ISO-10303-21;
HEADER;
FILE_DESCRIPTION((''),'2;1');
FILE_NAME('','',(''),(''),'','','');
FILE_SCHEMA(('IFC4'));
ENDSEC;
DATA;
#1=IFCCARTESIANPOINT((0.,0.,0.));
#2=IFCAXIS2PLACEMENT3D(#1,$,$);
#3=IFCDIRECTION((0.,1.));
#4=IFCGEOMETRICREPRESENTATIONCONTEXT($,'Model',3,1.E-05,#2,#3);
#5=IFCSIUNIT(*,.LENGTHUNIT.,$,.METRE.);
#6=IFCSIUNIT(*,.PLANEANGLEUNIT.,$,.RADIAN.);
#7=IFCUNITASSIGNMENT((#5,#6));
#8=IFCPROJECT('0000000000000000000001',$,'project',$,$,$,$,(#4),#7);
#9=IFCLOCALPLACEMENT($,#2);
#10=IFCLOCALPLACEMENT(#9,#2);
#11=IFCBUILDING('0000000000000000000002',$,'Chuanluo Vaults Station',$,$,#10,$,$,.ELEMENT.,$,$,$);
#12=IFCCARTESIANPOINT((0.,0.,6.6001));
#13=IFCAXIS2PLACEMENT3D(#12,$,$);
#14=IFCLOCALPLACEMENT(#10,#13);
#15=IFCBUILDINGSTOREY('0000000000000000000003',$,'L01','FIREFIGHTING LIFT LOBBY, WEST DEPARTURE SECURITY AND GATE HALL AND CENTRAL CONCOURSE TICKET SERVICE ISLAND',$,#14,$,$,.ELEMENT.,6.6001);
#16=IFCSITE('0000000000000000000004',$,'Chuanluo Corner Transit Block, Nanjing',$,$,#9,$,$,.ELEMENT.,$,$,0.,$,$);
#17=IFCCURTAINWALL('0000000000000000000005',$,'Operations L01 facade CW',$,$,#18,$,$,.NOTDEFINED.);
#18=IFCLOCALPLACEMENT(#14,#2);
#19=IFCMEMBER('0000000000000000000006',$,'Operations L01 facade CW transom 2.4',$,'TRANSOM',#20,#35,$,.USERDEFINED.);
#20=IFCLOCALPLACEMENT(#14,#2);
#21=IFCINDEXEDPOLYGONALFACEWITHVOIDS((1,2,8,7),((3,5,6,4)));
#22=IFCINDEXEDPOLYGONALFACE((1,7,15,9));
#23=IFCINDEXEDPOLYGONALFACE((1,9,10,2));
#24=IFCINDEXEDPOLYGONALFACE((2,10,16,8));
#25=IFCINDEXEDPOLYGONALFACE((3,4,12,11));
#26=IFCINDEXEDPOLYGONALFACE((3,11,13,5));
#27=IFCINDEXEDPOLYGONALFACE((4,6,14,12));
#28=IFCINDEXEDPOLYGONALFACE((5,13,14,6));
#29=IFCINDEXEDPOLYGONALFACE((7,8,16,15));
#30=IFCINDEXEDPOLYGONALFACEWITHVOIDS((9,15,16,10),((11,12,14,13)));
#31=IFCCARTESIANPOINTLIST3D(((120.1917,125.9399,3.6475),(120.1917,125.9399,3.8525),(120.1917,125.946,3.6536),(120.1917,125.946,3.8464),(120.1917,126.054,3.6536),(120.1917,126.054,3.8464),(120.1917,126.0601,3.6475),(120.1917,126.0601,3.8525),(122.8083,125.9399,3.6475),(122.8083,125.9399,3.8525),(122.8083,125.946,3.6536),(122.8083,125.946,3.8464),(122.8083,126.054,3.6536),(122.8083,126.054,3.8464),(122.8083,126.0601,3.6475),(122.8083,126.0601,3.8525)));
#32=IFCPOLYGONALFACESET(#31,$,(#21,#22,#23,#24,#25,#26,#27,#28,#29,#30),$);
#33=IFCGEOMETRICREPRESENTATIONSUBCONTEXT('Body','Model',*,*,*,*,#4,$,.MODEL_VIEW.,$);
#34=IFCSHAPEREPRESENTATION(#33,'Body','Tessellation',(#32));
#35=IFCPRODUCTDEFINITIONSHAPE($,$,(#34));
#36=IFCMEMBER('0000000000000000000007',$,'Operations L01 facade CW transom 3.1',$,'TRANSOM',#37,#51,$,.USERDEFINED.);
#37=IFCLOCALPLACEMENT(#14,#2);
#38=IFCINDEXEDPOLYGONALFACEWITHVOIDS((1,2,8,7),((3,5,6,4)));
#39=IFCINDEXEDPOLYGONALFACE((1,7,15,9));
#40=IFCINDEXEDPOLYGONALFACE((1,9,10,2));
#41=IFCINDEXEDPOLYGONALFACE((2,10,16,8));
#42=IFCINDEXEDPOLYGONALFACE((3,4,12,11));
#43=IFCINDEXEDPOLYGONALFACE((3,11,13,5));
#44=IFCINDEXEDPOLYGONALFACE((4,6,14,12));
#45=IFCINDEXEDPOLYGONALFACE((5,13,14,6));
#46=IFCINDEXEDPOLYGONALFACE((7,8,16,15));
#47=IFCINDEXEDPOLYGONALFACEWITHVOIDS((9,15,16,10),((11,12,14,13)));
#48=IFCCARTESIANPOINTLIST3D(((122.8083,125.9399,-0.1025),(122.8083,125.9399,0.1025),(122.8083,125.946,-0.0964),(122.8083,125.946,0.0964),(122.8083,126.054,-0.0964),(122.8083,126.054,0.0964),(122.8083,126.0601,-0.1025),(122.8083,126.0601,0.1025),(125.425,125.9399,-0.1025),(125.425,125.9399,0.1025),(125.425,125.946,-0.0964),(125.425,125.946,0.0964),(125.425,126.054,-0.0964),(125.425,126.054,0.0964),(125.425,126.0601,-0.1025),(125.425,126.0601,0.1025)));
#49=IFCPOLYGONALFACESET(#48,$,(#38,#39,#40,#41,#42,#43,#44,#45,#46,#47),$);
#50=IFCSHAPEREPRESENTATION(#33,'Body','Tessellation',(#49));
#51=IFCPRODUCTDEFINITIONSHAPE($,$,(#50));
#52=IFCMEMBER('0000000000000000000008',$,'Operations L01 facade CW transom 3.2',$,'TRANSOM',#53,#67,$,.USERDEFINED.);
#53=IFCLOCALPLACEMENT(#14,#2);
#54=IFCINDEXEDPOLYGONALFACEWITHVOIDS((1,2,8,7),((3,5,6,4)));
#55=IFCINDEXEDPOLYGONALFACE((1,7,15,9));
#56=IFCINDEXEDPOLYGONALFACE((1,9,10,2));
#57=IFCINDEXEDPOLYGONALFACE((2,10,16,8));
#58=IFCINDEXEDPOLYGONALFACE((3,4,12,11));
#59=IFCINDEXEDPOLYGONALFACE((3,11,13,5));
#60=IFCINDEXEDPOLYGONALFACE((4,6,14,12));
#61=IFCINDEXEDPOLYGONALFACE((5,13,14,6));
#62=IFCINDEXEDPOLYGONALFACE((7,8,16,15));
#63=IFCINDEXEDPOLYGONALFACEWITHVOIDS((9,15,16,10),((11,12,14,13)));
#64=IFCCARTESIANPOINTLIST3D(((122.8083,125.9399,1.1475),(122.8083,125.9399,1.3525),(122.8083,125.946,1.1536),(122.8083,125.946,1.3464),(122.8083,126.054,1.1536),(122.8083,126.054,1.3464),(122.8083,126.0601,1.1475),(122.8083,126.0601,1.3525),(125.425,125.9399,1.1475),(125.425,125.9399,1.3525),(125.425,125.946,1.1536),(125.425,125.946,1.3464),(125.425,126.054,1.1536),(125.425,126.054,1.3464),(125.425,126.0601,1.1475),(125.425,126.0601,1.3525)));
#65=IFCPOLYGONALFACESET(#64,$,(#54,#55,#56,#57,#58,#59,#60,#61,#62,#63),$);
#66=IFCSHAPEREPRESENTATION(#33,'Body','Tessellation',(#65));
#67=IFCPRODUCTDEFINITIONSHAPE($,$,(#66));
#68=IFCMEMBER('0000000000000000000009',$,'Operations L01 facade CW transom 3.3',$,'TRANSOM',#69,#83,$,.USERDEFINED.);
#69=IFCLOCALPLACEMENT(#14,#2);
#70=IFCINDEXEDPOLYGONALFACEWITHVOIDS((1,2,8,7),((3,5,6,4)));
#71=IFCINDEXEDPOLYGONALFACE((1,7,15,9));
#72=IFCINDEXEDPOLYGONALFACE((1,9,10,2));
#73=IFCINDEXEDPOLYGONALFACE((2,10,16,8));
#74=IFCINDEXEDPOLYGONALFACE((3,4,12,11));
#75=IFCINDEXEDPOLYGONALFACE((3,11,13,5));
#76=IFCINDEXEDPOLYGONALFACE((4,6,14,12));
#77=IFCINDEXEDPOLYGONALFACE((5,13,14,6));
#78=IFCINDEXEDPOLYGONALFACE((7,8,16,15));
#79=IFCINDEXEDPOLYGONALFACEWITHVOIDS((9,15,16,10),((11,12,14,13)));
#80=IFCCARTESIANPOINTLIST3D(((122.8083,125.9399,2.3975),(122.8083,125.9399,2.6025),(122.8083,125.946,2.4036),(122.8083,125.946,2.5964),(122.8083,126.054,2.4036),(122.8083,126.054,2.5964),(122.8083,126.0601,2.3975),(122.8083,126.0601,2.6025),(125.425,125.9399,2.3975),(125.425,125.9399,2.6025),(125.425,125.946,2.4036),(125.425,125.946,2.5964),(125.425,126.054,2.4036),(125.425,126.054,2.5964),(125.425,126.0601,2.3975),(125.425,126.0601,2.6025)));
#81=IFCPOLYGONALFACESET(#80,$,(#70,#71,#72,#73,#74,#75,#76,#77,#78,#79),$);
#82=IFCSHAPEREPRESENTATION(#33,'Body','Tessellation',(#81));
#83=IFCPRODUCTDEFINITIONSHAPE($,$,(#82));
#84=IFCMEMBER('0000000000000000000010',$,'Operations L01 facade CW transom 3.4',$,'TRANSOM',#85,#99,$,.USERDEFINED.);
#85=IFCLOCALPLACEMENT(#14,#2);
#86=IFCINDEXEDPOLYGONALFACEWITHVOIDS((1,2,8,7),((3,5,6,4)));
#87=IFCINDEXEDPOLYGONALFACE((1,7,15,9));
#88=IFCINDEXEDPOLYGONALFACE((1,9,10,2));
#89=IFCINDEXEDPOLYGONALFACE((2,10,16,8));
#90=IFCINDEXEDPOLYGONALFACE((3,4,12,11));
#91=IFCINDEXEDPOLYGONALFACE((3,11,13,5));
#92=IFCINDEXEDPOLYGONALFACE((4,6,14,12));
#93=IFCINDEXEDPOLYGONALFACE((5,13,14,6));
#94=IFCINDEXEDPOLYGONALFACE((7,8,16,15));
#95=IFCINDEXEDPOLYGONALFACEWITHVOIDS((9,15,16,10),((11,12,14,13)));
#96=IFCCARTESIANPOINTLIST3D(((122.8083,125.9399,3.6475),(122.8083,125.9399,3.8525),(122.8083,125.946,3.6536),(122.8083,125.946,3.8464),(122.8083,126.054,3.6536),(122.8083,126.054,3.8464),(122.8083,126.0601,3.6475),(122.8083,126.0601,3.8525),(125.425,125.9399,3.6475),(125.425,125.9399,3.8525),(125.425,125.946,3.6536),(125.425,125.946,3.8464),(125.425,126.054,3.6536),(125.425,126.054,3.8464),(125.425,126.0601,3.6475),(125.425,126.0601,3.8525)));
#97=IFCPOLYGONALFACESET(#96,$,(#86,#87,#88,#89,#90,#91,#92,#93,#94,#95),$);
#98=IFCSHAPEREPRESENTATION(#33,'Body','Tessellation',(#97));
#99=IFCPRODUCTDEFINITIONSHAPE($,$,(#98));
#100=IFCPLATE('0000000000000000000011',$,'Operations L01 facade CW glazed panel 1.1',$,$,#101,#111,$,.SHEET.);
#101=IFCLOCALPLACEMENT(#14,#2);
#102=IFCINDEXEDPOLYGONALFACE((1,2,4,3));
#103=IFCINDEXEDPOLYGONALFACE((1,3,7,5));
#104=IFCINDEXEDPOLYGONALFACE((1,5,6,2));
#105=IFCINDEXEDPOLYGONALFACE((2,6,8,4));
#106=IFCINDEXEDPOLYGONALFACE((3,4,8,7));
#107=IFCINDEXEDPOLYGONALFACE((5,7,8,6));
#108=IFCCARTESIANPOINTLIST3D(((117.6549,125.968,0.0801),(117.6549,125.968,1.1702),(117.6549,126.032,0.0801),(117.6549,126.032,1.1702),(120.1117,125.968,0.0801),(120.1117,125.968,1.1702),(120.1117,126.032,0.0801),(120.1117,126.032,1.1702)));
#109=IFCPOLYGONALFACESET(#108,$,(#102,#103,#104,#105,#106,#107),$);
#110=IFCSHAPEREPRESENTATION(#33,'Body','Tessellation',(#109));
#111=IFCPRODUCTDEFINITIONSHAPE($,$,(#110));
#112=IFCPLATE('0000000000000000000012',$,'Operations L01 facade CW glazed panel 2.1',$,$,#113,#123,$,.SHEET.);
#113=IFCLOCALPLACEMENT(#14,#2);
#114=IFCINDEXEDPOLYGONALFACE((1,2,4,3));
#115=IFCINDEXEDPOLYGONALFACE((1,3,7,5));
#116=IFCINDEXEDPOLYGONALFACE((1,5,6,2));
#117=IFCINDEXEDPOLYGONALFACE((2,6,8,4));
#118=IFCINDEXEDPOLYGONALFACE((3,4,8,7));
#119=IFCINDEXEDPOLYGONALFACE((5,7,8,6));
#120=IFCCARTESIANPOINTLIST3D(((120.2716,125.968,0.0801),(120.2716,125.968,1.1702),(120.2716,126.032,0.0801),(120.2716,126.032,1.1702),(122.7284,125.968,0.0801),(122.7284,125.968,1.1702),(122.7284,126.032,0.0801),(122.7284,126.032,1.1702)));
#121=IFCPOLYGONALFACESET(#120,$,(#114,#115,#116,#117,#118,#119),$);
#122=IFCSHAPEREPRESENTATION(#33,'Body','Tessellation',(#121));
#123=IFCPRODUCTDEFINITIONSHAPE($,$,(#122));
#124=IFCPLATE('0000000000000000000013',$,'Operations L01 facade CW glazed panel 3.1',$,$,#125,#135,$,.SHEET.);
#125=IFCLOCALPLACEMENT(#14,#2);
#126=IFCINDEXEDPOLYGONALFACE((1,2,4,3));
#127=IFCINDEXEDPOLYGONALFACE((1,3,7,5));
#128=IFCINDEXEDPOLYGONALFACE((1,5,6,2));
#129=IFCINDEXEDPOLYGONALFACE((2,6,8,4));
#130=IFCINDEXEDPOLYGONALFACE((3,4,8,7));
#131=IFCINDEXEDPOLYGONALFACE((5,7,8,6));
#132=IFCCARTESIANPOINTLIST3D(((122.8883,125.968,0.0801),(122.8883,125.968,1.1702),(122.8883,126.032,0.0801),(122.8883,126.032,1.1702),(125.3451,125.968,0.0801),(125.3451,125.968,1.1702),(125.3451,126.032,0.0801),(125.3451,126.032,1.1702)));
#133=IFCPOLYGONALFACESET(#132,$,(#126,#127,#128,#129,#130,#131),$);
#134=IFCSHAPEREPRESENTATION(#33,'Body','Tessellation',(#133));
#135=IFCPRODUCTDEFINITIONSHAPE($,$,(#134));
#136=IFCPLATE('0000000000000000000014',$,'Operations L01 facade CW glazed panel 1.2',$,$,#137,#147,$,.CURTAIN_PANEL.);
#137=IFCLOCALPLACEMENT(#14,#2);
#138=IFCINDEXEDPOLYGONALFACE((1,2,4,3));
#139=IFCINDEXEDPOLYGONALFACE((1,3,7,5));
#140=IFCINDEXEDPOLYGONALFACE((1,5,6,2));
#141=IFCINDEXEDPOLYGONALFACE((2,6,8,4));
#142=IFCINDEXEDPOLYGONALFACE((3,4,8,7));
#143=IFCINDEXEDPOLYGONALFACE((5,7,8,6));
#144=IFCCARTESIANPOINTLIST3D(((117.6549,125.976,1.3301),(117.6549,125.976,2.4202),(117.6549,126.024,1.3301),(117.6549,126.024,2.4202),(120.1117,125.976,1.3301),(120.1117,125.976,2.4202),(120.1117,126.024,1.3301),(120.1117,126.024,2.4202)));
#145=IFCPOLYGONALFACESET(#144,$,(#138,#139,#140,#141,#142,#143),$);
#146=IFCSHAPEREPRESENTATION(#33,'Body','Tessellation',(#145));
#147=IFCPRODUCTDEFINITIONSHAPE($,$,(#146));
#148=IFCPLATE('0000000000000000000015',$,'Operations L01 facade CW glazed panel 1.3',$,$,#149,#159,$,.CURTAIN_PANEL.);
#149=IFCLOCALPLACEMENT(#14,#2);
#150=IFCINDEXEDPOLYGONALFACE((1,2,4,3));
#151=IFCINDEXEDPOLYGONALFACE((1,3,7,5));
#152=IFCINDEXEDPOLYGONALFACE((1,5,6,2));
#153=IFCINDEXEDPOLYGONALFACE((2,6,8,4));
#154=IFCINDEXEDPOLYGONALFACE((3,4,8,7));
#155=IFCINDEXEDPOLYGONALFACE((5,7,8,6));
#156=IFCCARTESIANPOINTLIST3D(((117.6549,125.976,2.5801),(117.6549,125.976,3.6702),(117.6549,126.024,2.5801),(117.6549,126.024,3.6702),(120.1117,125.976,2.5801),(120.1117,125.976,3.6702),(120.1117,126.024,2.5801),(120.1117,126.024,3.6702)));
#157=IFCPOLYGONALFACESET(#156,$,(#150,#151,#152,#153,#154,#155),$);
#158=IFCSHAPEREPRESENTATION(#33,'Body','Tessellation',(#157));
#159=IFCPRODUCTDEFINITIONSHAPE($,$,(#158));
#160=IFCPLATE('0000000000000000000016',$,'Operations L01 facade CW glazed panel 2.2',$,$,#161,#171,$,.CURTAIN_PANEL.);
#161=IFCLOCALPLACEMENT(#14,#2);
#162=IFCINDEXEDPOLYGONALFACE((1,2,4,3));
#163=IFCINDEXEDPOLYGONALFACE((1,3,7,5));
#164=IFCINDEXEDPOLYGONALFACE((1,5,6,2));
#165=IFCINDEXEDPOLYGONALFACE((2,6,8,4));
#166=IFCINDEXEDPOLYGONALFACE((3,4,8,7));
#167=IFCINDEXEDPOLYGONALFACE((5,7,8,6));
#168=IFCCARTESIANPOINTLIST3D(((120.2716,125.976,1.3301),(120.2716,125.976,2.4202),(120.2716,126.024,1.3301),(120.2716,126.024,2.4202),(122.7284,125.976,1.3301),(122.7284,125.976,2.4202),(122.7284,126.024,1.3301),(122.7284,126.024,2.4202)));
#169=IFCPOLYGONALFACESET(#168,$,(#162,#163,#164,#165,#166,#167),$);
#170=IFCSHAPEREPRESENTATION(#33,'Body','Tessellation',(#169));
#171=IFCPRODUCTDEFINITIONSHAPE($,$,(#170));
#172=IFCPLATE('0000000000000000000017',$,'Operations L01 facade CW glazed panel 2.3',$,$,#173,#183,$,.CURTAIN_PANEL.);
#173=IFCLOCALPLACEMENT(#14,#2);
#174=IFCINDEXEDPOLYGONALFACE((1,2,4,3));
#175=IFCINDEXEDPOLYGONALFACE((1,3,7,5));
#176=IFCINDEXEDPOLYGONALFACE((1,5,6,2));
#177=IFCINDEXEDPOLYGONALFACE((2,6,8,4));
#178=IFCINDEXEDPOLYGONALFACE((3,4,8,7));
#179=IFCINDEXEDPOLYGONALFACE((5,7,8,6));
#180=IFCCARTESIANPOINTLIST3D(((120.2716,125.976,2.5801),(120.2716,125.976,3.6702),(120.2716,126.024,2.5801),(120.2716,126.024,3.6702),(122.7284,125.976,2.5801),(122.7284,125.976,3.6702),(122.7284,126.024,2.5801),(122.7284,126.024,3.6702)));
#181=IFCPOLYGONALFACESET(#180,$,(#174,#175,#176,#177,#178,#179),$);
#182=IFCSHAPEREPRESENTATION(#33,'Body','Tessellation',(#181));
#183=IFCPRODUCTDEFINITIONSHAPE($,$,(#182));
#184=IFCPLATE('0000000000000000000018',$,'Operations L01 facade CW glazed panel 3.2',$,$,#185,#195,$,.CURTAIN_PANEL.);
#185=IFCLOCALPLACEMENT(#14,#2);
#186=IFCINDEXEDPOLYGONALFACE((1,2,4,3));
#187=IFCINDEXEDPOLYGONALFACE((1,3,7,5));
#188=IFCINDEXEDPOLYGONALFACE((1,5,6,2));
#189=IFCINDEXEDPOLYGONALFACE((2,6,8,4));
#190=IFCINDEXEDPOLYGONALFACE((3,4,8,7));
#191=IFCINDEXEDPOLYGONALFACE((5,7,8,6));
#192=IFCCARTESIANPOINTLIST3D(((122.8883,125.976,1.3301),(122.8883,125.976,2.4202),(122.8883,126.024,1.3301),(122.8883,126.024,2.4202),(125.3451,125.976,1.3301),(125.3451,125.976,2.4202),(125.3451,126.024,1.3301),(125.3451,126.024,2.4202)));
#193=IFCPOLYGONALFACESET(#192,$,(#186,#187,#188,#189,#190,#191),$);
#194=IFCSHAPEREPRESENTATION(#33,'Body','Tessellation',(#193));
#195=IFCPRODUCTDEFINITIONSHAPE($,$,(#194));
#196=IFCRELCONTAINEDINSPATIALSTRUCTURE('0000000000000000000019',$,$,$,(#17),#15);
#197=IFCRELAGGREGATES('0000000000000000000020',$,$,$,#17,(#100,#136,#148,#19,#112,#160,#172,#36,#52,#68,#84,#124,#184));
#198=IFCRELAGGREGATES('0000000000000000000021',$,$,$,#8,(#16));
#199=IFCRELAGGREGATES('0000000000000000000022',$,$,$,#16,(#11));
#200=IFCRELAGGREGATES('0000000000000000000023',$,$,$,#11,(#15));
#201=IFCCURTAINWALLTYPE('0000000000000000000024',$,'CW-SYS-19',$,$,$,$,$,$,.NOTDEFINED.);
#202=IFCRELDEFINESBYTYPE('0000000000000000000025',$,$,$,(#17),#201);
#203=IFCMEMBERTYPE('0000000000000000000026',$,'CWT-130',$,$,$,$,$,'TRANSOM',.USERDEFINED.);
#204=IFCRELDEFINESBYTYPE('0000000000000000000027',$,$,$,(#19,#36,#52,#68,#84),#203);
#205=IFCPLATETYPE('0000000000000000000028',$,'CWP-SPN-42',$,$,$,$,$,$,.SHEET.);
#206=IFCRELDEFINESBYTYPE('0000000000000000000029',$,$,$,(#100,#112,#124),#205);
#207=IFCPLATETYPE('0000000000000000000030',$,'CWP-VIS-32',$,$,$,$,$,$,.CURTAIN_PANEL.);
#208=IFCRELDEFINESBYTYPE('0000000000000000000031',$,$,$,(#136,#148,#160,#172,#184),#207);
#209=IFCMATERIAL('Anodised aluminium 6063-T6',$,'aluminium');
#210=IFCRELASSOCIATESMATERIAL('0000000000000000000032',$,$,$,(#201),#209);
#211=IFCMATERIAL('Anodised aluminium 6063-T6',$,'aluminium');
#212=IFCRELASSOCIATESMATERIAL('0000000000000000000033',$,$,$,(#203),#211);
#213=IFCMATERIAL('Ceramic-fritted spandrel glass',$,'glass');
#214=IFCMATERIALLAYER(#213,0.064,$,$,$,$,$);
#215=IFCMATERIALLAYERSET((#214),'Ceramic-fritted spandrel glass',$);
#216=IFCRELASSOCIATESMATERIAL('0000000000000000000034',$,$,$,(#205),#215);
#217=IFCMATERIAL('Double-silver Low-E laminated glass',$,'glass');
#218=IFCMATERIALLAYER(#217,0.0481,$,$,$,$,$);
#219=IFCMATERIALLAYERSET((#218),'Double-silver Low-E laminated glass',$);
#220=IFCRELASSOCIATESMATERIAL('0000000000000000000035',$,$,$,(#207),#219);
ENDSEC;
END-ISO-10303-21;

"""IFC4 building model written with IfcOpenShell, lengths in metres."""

from ifc_helpers import new_model, si_unit, direction, frame, origin, origin_2d, place, context, subcontext, project, spatial, rectangle, hollow_rectangle, extrude, material, layer, layer_set, material_profile, profile_set, type_object, element, aggregate, save


model = new_model("IFC4")

# Units and contexts
model_context = context("Model", 3, precision=1e-05, world=origin(), true_north=direction((0.0, 1.0)))
body_context = subcontext(model_context, "Body", "Model", "MODEL_VIEW")
ifc_project = project(units=[si_unit("LENGTHUNIT", "METRE"), si_unit("PLANEANGLEUNIT", "RADIAN")], contexts=[model_context])

# Site, building, storey
site_placement = place(None, origin())
site = spatial("IfcSite", under=ifc_project, at=site_placement, Name="Chuanluo Corner Transit Block, Nanjing", CompositionType="ELEMENT", RefElevation=0.0)
building_placement = place(site_placement, origin())
building = spatial("IfcBuilding", under=site, at=building_placement, Name="Chuanluo Vaults Station", CompositionType="ELEMENT")
storey_placement = place(building_placement, frame((0.0, 0.0, 6.6001)))
storey = spatial("IfcBuildingStorey", under=building, at=storey_placement, Name="L01", Description="FIREFIGHTING LIFT LOBBY, WEST DEPARTURE SECURITY AND GATE HALL AND CENTRAL CONCOURSE TICKET SERVICE ISLAND", CompositionType="ELEMENT", Elevation=6.6001)

# Curtain wall, members, plates
ifc_material_1 = material(Name="Anodised aluminium 6063-T6", Category="aluminium")
curtain_wall_type = type_object("IfcCurtainWallType", Name="CW-SYS-19", PredefinedType="NOTDEFINED", material=ifc_material_1)
curtain_wall_placement = place(storey_placement, origin())
curtain_wall = element("IfcCurtainWall", 1, at=curtain_wall_placement, inside=storey, type_object=curtain_wall_type, Name="Operations L01 facade CW", PredefinedType="NOTDEFINED")
ifc_material_2 = material(Name="Anodised aluminium 6063-T6", Category="aluminium")
ifc_material_profile_1 = material_profile(ifc_material_2, hollow_rectangle(XDim=0.1201, YDim=0.2051, WallThickness=0.0061, at=origin_2d()))
ifc_profile_set_1 = profile_set([ifc_material_profile_1], Name="Anodised aluminium 6063-T6")
member_type_1 = type_object("IfcMemberType", Name="CWT-130", ElementType="TRANSOM", PredefinedType="USERDEFINED", material=ifc_profile_set_1)
member_1_placement = place(storey_placement, frame((120.1917, 126.0, 3.75), z_axis=(1.0, 0.0, 0.0), x_axis=(0.0, 1.0, 0.0)))
member_1 = element("IfcMember", 2, at=member_1_placement, type_object=member_type_1, Name="Operations L01 facade CW transom 2.4", ObjectType="TRANSOM", PredefinedType="USERDEFINED", context=body_context, shape_type="SweptSolid", body=[
    extrude(hollow_rectangle(XDim=0.1201, YDim=0.2051, WallThickness=0.0061, at=origin_2d()), origin(), (0.0, 0.0, 1.0), 2.6167),
])
member_2_placement = place(storey_placement, frame((122.8083, 126.0, 0.0), z_axis=(1.0, 0.0, 0.0), x_axis=(0.0, 1.0, 0.0)))
member_2 = element("IfcMember", 3, at=member_2_placement, type_object=member_type_1, Name="Operations L01 facade CW transom 3.1", ObjectType="TRANSOM", PredefinedType="USERDEFINED", context=body_context, shape_type="SweptSolid", body=[
    extrude(hollow_rectangle(XDim=0.1201, YDim=0.2051, WallThickness=0.0061, at=origin_2d()), origin(), (0.0, 0.0, 1.0), 2.6167),
])
member_3_placement = place(storey_placement, frame((122.8083, 126.0, 1.25), z_axis=(1.0, 0.0, 0.0), x_axis=(0.0, 1.0, 0.0)))
member_3 = element("IfcMember", 4, at=member_3_placement, type_object=member_type_1, Name="Operations L01 facade CW transom 3.2", ObjectType="TRANSOM", PredefinedType="USERDEFINED", context=body_context, shape_type="SweptSolid", body=[
    extrude(hollow_rectangle(XDim=0.1201, YDim=0.2051, WallThickness=0.0061, at=origin_2d()), origin(), (0.0, 0.0, 1.0), 2.6167),
])
member_4_placement = place(storey_placement, frame((122.8083, 126.0, 2.5), z_axis=(1.0, 0.0, 0.0), x_axis=(0.0, 1.0, 0.0)))
member_4 = element("IfcMember", 5, at=member_4_placement, type_object=member_type_1, Name="Operations L01 facade CW transom 3.3", ObjectType="TRANSOM", PredefinedType="USERDEFINED", context=body_context, shape_type="SweptSolid", body=[
    extrude(hollow_rectangle(XDim=0.1201, YDim=0.2051, WallThickness=0.0061, at=origin_2d()), origin(), (0.0, 0.0, 1.0), 2.6167),
])
member_5_placement = place(storey_placement, frame((122.8083, 126.0, 3.75), z_axis=(1.0, 0.0, 0.0), x_axis=(0.0, 1.0, 0.0)))
member_5 = element("IfcMember", 6, at=member_5_placement, type_object=member_type_1, Name="Operations L01 facade CW transom 3.4", ObjectType="TRANSOM", PredefinedType="USERDEFINED", context=body_context, shape_type="SweptSolid", body=[
    extrude(hollow_rectangle(XDim=0.1201, YDim=0.2051, WallThickness=0.0061, at=origin_2d()), origin(), (0.0, 0.0, 1.0), 2.6167),
])
ifc_material_3 = material(Name="Ceramic-fritted spandrel glass", Category="glass")
ifc_layer_1 = layer(ifc_material_3, 0.064)
ifc_layer_set_1 = layer_set([ifc_layer_1], Name="Ceramic-fritted spandrel glass")
plate_type_1 = type_object("IfcPlateType", Name="CWP-SPN-42", PredefinedType="SHEET", material=ifc_layer_set_1)
plate_1_placement = place(storey_placement, frame((118.8833, 126.0, 0.0801), z_axis=(0.0, 0.0, 1.0), x_axis=(1.0, 0.0, 0.0)))
plate_1 = element("IfcPlate", 7, at=plate_1_placement, type_object=plate_type_1, Name="Operations L01 facade CW glazed panel 1.1", PredefinedType="SHEET", context=body_context, shape_type="SweptSolid", body=[
    extrude(rectangle(XDim=2.4568, YDim=0.064, at=origin_2d()), origin(), (0.0, 0.0, 1.0), 1.0901),
])
plate_2_placement = place(storey_placement, frame((121.5, 126.0, 0.0801), z_axis=(0.0, 0.0, 1.0), x_axis=(1.0, 0.0, 0.0)))
plate_2 = element("IfcPlate", 8, at=plate_2_placement, type_object=plate_type_1, Name="Operations L01 facade CW glazed panel 2.1", PredefinedType="SHEET", context=body_context, shape_type="SweptSolid", body=[
    extrude(rectangle(XDim=2.4568, YDim=0.064, at=origin_2d()), origin(), (0.0, 0.0, 1.0), 1.0901),
])
plate_3_placement = place(storey_placement, frame((124.1167, 126.0, 0.0801), z_axis=(0.0, 0.0, 1.0), x_axis=(1.0, 0.0, 0.0)))
plate_3 = element("IfcPlate", 9, at=plate_3_placement, type_object=plate_type_1, Name="Operations L01 facade CW glazed panel 3.1", PredefinedType="SHEET", context=body_context, shape_type="SweptSolid", body=[
    extrude(rectangle(XDim=2.4568, YDim=0.064, at=origin_2d()), origin(), (0.0, 0.0, 1.0), 1.0901),
])
ifc_material_4 = material(Name="Double-silver Low-E laminated glass", Category="glass")
ifc_layer_2 = layer(ifc_material_4, 0.0481)
ifc_layer_set_2 = layer_set([ifc_layer_2], Name="Double-silver Low-E laminated glass")
plate_type_2 = type_object("IfcPlateType", Name="CWP-VIS-32", PredefinedType="CURTAIN_PANEL", material=ifc_layer_set_2)
plate_4_placement = place(storey_placement, frame((118.8833, 126.0, 1.3301), z_axis=(0.0, 0.0, 1.0), x_axis=(1.0, 0.0, 0.0)))
plate_4 = element("IfcPlate", 10, at=plate_4_placement, type_object=plate_type_2, Name="Operations L01 facade CW glazed panel 1.2", PredefinedType="CURTAIN_PANEL", context=body_context, shape_type="SweptSolid", body=[
    extrude(rectangle(XDim=2.4568, YDim=0.0481, at=origin_2d()), origin(), (0.0, 0.0, 1.0), 1.0901),
])
plate_5_placement = place(storey_placement, frame((118.8833, 126.0, 2.5801), z_axis=(0.0, 0.0, 1.0), x_axis=(1.0, 0.0, 0.0)))
plate_5 = element("IfcPlate", 11, at=plate_5_placement, type_object=plate_type_2, Name="Operations L01 facade CW glazed panel 1.3", PredefinedType="CURTAIN_PANEL", context=body_context, shape_type="SweptSolid", body=[
    extrude(rectangle(XDim=2.4568, YDim=0.0481, at=origin_2d()), origin(), (0.0, 0.0, 1.0), 1.0901),
])
plate_6_placement = place(storey_placement, frame((121.5, 126.0, 1.3301), z_axis=(0.0, 0.0, 1.0), x_axis=(1.0, 0.0, 0.0)))
plate_6 = element("IfcPlate", 12, at=plate_6_placement, type_object=plate_type_2, Name="Operations L01 facade CW glazed panel 2.2", PredefinedType="CURTAIN_PANEL", context=body_context, shape_type="SweptSolid", body=[
    extrude(rectangle(XDim=2.4568, YDim=0.0481, at=origin_2d()), origin(), (0.0, 0.0, 1.0), 1.0901),
])
plate_7_placement = place(storey_placement, frame((121.5, 126.0, 2.5801), z_axis=(0.0, 0.0, 1.0), x_axis=(1.0, 0.0, 0.0)))
plate_7 = element("IfcPlate", 13, at=plate_7_placement, type_object=plate_type_2, Name="Operations L01 facade CW glazed panel 2.3", PredefinedType="CURTAIN_PANEL", context=body_context, shape_type="SweptSolid", body=[
    extrude(rectangle(XDim=2.4568, YDim=0.0481, at=origin_2d()), origin(), (0.0, 0.0, 1.0), 1.0901),
])
plate_8_placement = place(storey_placement, frame((124.1167, 126.0, 1.3301), z_axis=(0.0, 0.0, 1.0), x_axis=(1.0, 0.0, 0.0)))
plate_8 = element("IfcPlate", 14, at=plate_8_placement, type_object=plate_type_2, Name="Operations L01 facade CW glazed panel 3.2", PredefinedType="CURTAIN_PANEL", context=body_context, shape_type="SweptSolid", body=[
    extrude(rectangle(XDim=2.4568, YDim=0.0481, at=origin_2d()), origin(), (0.0, 0.0, 1.0), 1.0901),
])
aggregate(curtain_wall, [plate_1, plate_4, plate_5, member_1, plate_2, plate_6, plate_7, member_2, member_3, member_4, member_5, plate_3, plate_8])

save(model, "model.ifc")
